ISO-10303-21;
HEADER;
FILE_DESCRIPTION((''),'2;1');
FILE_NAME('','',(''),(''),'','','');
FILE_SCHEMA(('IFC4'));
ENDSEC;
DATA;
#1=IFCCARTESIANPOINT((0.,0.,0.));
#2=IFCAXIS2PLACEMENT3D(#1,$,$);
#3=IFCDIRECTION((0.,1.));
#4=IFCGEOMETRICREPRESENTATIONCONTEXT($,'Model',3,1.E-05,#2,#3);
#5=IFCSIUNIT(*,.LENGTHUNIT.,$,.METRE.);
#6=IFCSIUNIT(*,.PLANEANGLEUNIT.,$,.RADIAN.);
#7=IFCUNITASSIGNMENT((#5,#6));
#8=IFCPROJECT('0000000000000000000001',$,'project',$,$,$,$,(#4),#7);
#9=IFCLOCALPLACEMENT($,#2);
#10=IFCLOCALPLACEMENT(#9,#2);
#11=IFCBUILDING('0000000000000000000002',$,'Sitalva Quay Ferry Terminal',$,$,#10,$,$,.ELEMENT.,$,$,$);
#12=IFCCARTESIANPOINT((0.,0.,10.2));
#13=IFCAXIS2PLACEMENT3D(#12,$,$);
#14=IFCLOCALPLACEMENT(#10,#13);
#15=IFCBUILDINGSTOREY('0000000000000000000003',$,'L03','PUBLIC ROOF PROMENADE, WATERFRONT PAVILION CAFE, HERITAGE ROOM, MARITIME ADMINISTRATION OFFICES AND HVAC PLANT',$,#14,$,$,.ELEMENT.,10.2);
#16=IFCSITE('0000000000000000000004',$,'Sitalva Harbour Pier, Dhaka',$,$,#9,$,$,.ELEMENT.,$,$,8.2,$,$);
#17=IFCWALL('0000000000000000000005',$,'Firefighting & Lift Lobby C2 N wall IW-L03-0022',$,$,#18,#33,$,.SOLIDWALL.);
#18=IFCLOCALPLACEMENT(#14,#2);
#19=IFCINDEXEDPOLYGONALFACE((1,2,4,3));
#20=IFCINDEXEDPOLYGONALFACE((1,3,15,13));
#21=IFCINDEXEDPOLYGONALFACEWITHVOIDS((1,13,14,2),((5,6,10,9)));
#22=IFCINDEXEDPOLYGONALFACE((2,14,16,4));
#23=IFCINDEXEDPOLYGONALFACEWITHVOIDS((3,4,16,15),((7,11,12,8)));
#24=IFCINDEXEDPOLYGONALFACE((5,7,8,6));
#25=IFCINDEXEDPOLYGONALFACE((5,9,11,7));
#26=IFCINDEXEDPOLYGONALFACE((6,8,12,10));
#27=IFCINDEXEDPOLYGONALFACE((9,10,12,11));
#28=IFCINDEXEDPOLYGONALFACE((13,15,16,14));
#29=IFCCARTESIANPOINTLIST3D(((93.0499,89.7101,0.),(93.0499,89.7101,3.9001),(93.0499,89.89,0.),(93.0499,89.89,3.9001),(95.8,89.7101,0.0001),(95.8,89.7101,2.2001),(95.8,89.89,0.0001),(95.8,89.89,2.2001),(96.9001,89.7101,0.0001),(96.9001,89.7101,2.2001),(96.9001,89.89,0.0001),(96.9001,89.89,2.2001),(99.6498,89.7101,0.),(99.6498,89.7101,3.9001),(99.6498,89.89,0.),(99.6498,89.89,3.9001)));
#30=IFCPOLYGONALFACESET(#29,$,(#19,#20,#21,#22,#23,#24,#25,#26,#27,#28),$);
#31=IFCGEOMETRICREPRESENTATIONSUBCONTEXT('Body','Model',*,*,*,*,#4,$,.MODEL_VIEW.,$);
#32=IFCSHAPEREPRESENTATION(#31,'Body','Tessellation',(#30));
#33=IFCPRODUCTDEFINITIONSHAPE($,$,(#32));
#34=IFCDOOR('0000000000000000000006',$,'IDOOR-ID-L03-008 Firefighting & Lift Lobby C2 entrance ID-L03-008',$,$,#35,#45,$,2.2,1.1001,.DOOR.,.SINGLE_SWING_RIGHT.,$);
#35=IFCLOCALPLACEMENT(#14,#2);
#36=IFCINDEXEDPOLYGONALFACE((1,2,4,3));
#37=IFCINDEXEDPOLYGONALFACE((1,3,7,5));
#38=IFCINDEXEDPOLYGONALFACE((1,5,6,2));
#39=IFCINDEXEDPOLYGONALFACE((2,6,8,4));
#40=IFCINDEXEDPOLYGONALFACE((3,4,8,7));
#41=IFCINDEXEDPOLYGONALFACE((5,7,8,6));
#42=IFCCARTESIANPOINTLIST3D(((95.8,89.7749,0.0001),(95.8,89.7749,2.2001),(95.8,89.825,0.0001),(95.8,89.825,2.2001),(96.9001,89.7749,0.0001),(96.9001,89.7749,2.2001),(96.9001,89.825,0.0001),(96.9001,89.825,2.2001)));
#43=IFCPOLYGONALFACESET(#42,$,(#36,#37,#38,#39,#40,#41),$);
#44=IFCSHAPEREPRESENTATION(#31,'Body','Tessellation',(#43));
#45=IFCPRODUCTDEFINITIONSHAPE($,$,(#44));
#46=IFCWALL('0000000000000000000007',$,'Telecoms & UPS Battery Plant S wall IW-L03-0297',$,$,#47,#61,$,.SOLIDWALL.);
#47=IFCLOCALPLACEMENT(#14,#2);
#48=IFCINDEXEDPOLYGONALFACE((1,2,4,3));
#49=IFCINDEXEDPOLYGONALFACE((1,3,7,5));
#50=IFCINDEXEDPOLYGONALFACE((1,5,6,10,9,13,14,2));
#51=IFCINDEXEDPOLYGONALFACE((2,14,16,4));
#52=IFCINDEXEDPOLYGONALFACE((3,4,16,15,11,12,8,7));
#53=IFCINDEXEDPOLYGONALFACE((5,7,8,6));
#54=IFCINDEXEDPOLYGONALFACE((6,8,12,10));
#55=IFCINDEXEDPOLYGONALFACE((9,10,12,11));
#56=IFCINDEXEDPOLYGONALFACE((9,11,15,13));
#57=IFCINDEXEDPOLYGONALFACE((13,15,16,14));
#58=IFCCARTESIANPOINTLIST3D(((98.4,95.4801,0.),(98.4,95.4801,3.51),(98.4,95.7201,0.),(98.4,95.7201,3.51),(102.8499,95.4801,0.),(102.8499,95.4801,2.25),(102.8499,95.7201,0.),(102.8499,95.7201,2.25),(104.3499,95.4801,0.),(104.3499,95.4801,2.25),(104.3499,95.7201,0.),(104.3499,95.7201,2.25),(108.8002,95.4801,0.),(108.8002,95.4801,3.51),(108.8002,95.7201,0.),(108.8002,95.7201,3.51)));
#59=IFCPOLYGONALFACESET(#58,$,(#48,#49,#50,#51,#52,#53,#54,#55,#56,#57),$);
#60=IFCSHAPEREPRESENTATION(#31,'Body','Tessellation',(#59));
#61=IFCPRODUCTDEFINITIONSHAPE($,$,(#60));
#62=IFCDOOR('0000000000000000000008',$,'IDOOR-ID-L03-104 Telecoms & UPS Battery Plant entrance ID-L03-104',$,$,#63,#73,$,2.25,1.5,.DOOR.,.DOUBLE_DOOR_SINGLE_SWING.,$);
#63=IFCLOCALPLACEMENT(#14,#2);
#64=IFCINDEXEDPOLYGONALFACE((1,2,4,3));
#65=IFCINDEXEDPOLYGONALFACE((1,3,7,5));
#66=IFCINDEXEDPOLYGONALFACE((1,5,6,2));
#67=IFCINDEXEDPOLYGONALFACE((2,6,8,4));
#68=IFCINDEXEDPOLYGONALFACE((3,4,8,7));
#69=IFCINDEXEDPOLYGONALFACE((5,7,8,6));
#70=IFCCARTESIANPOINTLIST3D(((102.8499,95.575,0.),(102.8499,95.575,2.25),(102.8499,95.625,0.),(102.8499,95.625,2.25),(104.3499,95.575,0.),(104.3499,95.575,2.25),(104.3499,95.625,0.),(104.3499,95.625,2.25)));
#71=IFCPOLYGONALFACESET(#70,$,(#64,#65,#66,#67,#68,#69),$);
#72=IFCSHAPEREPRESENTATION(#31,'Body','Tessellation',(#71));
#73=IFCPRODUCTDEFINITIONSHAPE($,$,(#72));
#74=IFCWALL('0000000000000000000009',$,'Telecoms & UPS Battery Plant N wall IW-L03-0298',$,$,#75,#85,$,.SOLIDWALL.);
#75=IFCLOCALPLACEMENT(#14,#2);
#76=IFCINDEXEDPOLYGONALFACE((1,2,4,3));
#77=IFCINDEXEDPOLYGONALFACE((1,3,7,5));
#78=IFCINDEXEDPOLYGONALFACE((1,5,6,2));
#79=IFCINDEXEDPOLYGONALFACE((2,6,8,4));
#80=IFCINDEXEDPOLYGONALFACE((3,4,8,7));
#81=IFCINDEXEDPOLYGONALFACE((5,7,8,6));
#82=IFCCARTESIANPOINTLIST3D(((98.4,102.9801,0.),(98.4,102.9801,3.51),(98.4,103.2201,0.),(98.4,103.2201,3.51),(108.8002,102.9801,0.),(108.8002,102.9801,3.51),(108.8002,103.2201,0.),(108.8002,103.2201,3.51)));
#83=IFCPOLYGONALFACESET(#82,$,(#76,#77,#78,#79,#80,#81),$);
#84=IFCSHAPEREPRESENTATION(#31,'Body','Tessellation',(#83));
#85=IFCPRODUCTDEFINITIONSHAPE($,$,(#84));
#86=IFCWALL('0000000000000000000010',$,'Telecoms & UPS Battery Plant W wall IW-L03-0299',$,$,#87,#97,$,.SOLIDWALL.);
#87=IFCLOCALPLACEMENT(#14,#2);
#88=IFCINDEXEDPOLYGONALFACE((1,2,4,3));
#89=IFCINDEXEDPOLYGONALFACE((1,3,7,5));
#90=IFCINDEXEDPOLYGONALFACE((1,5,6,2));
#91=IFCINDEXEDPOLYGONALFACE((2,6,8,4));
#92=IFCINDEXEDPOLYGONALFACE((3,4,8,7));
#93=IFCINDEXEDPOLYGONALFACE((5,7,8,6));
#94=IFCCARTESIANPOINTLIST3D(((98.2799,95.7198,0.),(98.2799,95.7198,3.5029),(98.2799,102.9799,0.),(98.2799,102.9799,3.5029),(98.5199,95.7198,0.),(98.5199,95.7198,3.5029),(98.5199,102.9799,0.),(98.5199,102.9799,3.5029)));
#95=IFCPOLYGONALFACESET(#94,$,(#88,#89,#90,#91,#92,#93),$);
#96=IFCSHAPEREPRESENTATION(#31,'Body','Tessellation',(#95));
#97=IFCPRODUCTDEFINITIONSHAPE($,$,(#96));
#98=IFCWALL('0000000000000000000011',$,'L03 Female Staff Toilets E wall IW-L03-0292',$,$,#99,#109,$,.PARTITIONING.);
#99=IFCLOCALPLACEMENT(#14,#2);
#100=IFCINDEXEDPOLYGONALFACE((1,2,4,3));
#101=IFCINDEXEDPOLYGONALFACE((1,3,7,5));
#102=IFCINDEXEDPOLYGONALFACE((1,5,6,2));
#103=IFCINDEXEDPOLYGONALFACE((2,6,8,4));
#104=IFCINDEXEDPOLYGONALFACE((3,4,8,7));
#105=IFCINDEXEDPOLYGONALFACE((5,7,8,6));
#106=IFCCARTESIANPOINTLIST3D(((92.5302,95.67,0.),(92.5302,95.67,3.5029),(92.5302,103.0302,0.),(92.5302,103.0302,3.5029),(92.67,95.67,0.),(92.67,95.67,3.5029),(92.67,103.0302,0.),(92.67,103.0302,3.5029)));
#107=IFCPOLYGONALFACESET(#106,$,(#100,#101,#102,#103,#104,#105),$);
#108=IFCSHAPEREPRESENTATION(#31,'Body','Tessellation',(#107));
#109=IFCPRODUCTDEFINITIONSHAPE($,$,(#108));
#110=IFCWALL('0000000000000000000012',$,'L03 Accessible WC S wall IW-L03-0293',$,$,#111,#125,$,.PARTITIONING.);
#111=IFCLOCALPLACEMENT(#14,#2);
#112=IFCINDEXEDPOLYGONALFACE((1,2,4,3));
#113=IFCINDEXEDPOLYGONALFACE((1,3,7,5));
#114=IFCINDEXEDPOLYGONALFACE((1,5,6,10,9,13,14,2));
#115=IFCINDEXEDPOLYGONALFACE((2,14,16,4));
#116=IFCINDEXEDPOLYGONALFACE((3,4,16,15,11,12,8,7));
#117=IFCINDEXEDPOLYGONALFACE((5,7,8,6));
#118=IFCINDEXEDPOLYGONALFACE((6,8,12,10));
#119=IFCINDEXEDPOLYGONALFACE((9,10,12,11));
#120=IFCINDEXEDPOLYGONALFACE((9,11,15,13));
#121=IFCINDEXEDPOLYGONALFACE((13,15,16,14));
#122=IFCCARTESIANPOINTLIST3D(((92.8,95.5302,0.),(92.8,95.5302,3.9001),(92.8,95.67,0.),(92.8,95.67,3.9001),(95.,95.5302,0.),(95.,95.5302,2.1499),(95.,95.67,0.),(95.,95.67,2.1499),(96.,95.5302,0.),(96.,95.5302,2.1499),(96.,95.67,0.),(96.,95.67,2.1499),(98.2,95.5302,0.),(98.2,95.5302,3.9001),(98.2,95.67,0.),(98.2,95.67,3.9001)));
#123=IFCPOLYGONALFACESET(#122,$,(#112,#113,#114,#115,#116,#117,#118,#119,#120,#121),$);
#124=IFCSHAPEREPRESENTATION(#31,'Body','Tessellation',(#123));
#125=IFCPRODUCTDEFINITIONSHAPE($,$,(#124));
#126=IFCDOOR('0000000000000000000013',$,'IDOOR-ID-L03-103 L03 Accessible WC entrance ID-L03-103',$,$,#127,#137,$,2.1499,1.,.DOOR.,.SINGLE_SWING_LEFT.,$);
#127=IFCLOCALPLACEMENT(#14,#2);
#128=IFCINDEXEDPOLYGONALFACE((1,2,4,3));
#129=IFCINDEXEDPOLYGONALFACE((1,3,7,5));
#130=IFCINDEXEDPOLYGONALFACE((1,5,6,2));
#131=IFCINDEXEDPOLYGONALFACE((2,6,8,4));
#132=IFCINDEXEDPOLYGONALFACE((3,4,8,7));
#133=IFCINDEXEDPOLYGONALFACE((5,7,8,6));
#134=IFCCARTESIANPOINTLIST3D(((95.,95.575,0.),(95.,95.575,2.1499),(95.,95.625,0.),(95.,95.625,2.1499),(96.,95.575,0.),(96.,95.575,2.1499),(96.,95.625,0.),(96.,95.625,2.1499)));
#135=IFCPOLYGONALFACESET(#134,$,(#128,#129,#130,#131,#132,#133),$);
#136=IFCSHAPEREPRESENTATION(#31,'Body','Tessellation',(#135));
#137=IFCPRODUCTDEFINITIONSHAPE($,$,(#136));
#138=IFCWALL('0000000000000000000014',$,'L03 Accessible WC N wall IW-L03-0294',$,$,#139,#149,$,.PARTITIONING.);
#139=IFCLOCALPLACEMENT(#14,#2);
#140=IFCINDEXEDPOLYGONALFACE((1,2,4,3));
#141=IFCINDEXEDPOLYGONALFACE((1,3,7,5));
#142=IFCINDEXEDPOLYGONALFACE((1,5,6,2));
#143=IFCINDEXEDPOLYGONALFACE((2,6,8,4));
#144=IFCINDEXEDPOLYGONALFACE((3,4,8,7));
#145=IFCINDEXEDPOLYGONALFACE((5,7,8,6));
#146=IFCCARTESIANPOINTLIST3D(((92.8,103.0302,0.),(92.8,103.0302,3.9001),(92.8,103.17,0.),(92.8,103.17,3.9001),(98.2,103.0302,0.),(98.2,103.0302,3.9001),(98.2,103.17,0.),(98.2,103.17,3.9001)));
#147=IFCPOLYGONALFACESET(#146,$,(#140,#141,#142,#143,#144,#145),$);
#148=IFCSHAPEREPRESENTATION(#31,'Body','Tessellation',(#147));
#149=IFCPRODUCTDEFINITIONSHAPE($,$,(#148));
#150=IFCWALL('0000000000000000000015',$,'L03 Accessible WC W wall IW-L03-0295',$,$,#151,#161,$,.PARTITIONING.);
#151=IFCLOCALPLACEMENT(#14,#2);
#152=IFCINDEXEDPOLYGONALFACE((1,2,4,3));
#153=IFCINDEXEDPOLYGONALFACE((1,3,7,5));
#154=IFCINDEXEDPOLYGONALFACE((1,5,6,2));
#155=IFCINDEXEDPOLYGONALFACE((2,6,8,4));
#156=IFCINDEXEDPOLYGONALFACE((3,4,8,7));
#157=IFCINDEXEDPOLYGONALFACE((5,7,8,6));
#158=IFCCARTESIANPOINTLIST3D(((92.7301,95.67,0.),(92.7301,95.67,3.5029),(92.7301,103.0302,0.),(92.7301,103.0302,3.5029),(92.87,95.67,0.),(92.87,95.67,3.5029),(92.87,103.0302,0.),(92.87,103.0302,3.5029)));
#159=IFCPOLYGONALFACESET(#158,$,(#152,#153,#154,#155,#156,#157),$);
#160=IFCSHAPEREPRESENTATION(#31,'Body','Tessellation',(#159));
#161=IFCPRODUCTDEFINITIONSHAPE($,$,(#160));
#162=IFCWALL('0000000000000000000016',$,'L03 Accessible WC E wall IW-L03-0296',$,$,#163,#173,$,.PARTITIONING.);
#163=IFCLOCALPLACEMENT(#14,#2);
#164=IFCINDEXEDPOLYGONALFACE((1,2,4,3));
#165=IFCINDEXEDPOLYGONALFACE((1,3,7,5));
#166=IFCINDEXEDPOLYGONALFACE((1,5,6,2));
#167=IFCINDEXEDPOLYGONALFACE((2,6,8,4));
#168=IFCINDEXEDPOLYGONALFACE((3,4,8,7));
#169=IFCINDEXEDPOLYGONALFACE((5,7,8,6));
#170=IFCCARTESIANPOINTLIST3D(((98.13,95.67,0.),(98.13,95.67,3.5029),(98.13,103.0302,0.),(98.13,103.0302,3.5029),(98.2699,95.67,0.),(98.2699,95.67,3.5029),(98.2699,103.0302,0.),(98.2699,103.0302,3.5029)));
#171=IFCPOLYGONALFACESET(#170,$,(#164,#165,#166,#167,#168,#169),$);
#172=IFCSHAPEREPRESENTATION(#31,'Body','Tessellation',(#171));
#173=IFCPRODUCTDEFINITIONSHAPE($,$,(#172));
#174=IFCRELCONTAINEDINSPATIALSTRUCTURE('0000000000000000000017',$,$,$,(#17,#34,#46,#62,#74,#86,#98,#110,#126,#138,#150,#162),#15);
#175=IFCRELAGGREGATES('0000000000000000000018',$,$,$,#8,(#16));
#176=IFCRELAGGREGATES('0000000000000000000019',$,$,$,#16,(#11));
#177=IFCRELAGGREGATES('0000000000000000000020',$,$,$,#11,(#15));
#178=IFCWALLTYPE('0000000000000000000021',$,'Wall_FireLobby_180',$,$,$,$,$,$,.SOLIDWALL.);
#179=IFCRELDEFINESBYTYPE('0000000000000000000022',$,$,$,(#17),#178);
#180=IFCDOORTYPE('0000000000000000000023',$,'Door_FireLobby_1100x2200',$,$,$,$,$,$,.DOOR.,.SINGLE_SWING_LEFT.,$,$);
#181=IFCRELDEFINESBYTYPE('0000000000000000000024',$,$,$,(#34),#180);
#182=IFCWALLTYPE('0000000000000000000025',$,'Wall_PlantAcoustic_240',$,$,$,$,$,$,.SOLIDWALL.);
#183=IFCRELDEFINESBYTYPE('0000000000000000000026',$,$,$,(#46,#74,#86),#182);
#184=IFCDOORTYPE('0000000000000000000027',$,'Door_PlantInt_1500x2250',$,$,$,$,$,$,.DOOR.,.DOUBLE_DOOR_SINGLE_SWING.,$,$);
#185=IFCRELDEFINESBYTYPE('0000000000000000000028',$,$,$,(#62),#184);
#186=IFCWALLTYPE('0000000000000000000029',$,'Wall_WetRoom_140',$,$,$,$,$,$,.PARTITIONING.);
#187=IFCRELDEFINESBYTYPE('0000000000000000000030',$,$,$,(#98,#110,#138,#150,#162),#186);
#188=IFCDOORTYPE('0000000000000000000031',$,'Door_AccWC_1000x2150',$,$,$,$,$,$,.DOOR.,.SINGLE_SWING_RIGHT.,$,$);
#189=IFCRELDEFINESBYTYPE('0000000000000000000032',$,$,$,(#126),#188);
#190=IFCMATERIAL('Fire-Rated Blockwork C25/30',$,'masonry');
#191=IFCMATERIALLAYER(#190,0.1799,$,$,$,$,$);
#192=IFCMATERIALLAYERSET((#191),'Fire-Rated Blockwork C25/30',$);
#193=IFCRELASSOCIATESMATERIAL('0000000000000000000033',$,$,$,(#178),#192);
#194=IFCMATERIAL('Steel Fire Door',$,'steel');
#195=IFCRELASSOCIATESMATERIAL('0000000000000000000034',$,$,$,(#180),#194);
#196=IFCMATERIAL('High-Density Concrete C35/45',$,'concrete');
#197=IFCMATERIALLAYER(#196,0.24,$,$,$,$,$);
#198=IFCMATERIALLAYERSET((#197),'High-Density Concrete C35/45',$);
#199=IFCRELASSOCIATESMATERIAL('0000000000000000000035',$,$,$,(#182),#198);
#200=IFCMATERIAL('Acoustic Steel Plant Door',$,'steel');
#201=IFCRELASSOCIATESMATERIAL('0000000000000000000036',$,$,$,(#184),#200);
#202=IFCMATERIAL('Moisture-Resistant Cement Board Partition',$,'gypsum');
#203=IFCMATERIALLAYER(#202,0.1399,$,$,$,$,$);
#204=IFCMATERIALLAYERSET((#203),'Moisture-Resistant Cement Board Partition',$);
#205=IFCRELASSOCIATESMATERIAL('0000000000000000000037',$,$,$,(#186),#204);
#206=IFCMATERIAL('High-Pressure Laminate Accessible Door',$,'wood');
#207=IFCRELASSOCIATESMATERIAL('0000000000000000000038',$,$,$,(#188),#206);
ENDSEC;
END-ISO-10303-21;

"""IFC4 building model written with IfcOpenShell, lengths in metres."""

from ifc_helpers import new_model, si_unit, direction, frame, frame_2d, origin, place, context, subcontext, project, spatial, rectangle, extrude, material, layer, layer_set, type_object, element, fill, save


model = new_model("IFC4")

# Units and contexts
model_context = context("Model", 3, precision=1e-05, world=origin(), true_north=direction((0.0, 1.0)))
body_context = subcontext(model_context, "Body", "Model", "MODEL_VIEW")
ifc_project = project(units=[si_unit("LENGTHUNIT", "METRE"), si_unit("PLANEANGLEUNIT", "RADIAN")], contexts=[model_context])

# Site, building, storey
site_placement = place(None, origin())
site = spatial("IfcSite", under=ifc_project, at=site_placement, Name="Sitalva Harbour Pier, Dhaka", CompositionType="ELEMENT", RefElevation=8.2)
building_placement = place(site_placement, origin())
building = spatial("IfcBuilding", under=site, at=building_placement, Name="Sitalva Quay Ferry Terminal", CompositionType="ELEMENT")
storey_placement = place(building_placement, frame((0.0, 0.0, 10.2)))
storey = spatial("IfcBuildingStorey", under=building, at=storey_placement, Name="L03", Description="PUBLIC ROOF PROMENADE, WATERFRONT PAVILION CAFE, HERITAGE ROOM, MARITIME ADMINISTRATION OFFICES AND HVAC PLANT", CompositionType="ELEMENT", Elevation=10.2)

# Walls, openings, doors
ifc_material_1 = material(Name="Fire-Rated Blockwork C25/30", Category="masonry")
ifc_layer_1 = layer(ifc_material_1, 0.1799)
ifc_layer_set_1 = layer_set([ifc_layer_1], Name="Fire-Rated Blockwork C25/30")
wall_type_1 = type_object("IfcWallType", Name="Wall_FireLobby_180", PredefinedType="SOLIDWALL", material=ifc_layer_set_1)
wall_1_placement = place(storey_placement, frame((93.05, 89.8, 0.0), z_axis=(0.0, 0.0, 1.0), x_axis=(1.0, 0.0, 0.0)))
wall_1 = element("IfcWall", 1, at=wall_1_placement, inside=storey, type_object=wall_type_1, Name="Firefighting & Lift Lobby C2 N wall IW-L03-0022", PredefinedType="SOLIDWALL", context=body_context, shape_type="SweptSolid", body=[
    extrude(rectangle(XDim=6.5999, YDim=0.1799, at=frame_2d((3.2998, 0.0))), origin(), (0.0, 0.0, 1.0), 3.9001),
])
opening_1_placement = place(wall_1_placement, frame((2.75, 0.0, 0.0)))
opening_1 = element("IfcOpeningElement", 2, at=opening_1_placement, cuts=wall_1, PredefinedType="OPENING", context=body_context, shape_type="SweptSolid", body=[
    extrude(rectangle(XDim=1.1001, YDim=2.2, at=frame_2d((0.55, 1.1001))), frame((0.0, 0.0999, 0.0), z_axis=(0.0, -1.0, 0.0), x_axis=(1.0, 0.0, 0.0)), (0.0, 0.0, 1.0), 0.2),
])
ifc_material_2 = material(Name="Steel Fire Door", Category="steel")
door_type_1 = type_object("IfcDoorType", Name="Door_FireLobby_1100x2200", OperationType="SINGLE_SWING_LEFT", PredefinedType="DOOR", material=ifc_material_2)
door_1_placement = place(opening_1_placement, origin())
door_1 = element("IfcDoor", 3, at=door_1_placement, inside=storey, type_object=door_type_1, Name="IDOOR-ID-L03-008 Firefighting & Lift Lobby C2 entrance ID-L03-008", OperationType="SINGLE_SWING_RIGHT", OverallHeight=2.2, OverallWidth=1.1001, PredefinedType="DOOR", context=body_context, shape_type="SweptSolid", body=[
    extrude(rectangle(XDim=1.1001, YDim=2.2, at=frame_2d((0.55, 1.1001))), frame((0.0, 0.0249, 0.0), z_axis=(0.0, -1.0, 0.0), x_axis=(1.0, 0.0, 0.0)), (0.0, 0.0, 1.0), 0.05),
])
fill(opening_1, door_1)
ifc_material_3 = material(Name="High-Density Concrete C35/45", Category="concrete")
ifc_layer_2 = layer(ifc_material_3, 0.24)
ifc_layer_set_2 = layer_set([ifc_layer_2], Name="High-Density Concrete C35/45")
wall_type_2 = type_object("IfcWallType", Name="Wall_PlantAcoustic_240", PredefinedType="SOLIDWALL", material=ifc_layer_set_2)
wall_2_placement = place(storey_placement, frame((98.3999, 95.6001, 0.0), z_axis=(0.0, 0.0, 1.0), x_axis=(1.0, 0.0, 0.0)))
wall_2 = element("IfcWall", 4, at=wall_2_placement, inside=storey, type_object=wall_type_2, Name="Telecoms & UPS Battery Plant S wall IW-L03-0297", PredefinedType="SOLIDWALL", context=body_context, shape_type="SweptSolid", body=[
    extrude(rectangle(XDim=10.4001, YDim=0.24, at=frame_2d((5.2002, 0.0))), origin(), (0.0, 0.0, 1.0), 3.51),
])
opening_2_placement = place(wall_2_placement, frame((4.45, 0.0, 0.0)))
opening_2 = element("IfcOpeningElement", 5, at=opening_2_placement, cuts=wall_2, PredefinedType="OPENING", context=body_context, shape_type="SweptSolid", body=[
    extrude(rectangle(XDim=1.5, YDim=2.25, at=frame_2d((0.75, 1.125))), frame((0.0, 0.1299, 0.0), z_axis=(0.0, -1.0, 0.0), x_axis=(1.0, 0.0, 0.0)), (0.0, 0.0, 1.0), 0.26),
])
ifc_material_4 = material(Name="Acoustic Steel Plant Door", Category="steel")
door_type_2 = type_object("IfcDoorType", Name="Door_PlantInt_1500x2250", OperationType="DOUBLE_DOOR_SINGLE_SWING", PredefinedType="DOOR", material=ifc_material_4)
door_2_placement = place(opening_2_placement, origin())
door_2 = element("IfcDoor", 6, at=door_2_placement, inside=storey, type_object=door_type_2, Name="IDOOR-ID-L03-104 Telecoms & UPS Battery Plant entrance ID-L03-104", OperationType="DOUBLE_DOOR_SINGLE_SWING", OverallHeight=2.25, OverallWidth=1.5, PredefinedType="DOOR", context=body_context, shape_type="SweptSolid", body=[
    extrude(rectangle(XDim=1.5, YDim=2.25, at=frame_2d((0.75, 1.125))), frame((0.0, 0.0249, 0.0), z_axis=(0.0, -1.0, 0.0), x_axis=(1.0, 0.0, 0.0)), (0.0, 0.0, 1.0), 0.05),
])
fill(opening_2, door_2)

# Walls
wall_3_placement = place(storey_placement, frame((98.3999, 103.1001, 0.0), z_axis=(0.0, 0.0, 1.0), x_axis=(1.0, 0.0, 0.0)))
element("IfcWall", 7, at=wall_3_placement, inside=storey, type_object=wall_type_2, Name="Telecoms & UPS Battery Plant N wall IW-L03-0298", PredefinedType="SOLIDWALL", context=body_context, shape_type="SweptSolid", body=[
    extrude(rectangle(XDim=10.4001, YDim=0.24, at=frame_2d((5.2002, 0.0))), origin(), (0.0, 0.0, 1.0), 3.51),
])
wall_4_placement = place(storey_placement, frame((98.3999, 95.72, 0.0), z_axis=(0.0, 0.0, 1.0), x_axis=(0.0, 1.0, 0.0)))
element("IfcWall", 8, at=wall_4_placement, inside=storey, type_object=wall_type_2, Name="Telecoms & UPS Battery Plant W wall IW-L03-0299", PredefinedType="SOLIDWALL", context=body_context, shape_type="SweptSolid", body=[
    extrude(rectangle(XDim=7.26, YDim=0.24, at=frame_2d((3.6299, 0.0))), origin(), (0.0, 0.0, 1.0), 3.5029),
])
ifc_material_5 = material(Name="Moisture-Resistant Cement Board Partition", Category="gypsum")
ifc_layer_3 = layer(ifc_material_5, 0.1399)
ifc_layer_set_3 = layer_set([ifc_layer_3], Name="Moisture-Resistant Cement Board Partition")
wall_type_3 = type_object("IfcWallType", Name="Wall_WetRoom_140", PredefinedType="PARTITIONING", material=ifc_layer_set_3)
wall_5_placement = place(storey_placement, frame((92.6001, 95.6699, 0.0), z_axis=(0.0, 0.0, 1.0), x_axis=(0.0, 1.0, 0.0)))
element("IfcWall", 9, at=wall_5_placement, inside=storey, type_object=wall_type_3, Name="L03 Female Staff Toilets E wall IW-L03-0292", PredefinedType="PARTITIONING", context=body_context, shape_type="SweptSolid", body=[
    extrude(rectangle(XDim=7.3601, YDim=0.1399, at=frame_2d((3.6802, 0.0))), origin(), (0.0, 0.0, 1.0), 3.5029),
])

# Wall, opening, door
wall_6_placement = place(storey_placement, frame((92.8, 95.6001, 0.0), z_axis=(0.0, 0.0, 1.0), x_axis=(1.0, 0.0, 0.0)))
wall_6 = element("IfcWall", 10, at=wall_6_placement, inside=storey, type_object=wall_type_3, Name="L03 Accessible WC S wall IW-L03-0293", PredefinedType="PARTITIONING", context=body_context, shape_type="SweptSolid", body=[
    extrude(rectangle(XDim=5.3999, YDim=0.1399, at=frame_2d((2.7, 0.0))), origin(), (0.0, 0.0, 1.0), 3.9001),
])
opening_3_placement = place(wall_6_placement, frame((2.2, 0.0, 0.0)))
opening_3 = element("IfcOpeningElement", 11, at=opening_3_placement, cuts=wall_6, PredefinedType="OPENING", context=body_context, shape_type="SweptSolid", body=[
    extrude(rectangle(XDim=1.0, YDim=2.1499, at=frame_2d((0.5, 1.075))), frame((0.0, 0.0798, 0.0), z_axis=(0.0, -1.0, 0.0), x_axis=(1.0, 0.0, 0.0)), (0.0, 0.0, 1.0), 0.1599),
])
ifc_material_6 = material(Name="High-Pressure Laminate Accessible Door", Category="wood")
door_type_3 = type_object("IfcDoorType", Name="Door_AccWC_1000x2150", OperationType="SINGLE_SWING_RIGHT", PredefinedType="DOOR", material=ifc_material_6)
door_3_placement = place(opening_3_placement, origin())
door_3 = element("IfcDoor", 12, at=door_3_placement, inside=storey, type_object=door_type_3, Name="IDOOR-ID-L03-103 L03 Accessible WC entrance ID-L03-103", OperationType="SINGLE_SWING_LEFT", OverallHeight=2.1499, OverallWidth=1.0, PredefinedType="DOOR", context=body_context, shape_type="SweptSolid", body=[
    extrude(rectangle(XDim=1.0, YDim=2.1499, at=frame_2d((0.5, 1.075))), frame((0.0, 0.0249, 0.0), z_axis=(0.0, -1.0, 0.0), x_axis=(1.0, 0.0, 0.0)), (0.0, 0.0, 1.0), 0.05),
])
fill(opening_3, door_3)

# Walls
wall_7_placement = place(storey_placement, frame((92.8, 103.1001, 0.0), z_axis=(0.0, 0.0, 1.0), x_axis=(1.0, 0.0, 0.0)))
element("IfcWall", 13, at=wall_7_placement, inside=storey, type_object=wall_type_3, Name="L03 Accessible WC N wall IW-L03-0294", PredefinedType="PARTITIONING", context=body_context, shape_type="SweptSolid", body=[
    extrude(rectangle(XDim=5.3999, YDim=0.1399, at=frame_2d((2.7, 0.0))), origin(), (0.0, 0.0, 1.0), 3.9001),
])
for number, where, z_axis, x_axis, name in (
    (14, (92.8, 95.6699, 0.0), (0.0, 0.0, 1.0), (0.0, 1.0, 0.0), "L03 Accessible WC W wall IW-L03-0295"),
    (15, (98.2, 95.6699, 0.0), (0.0, 0.0, 1.0), (0.0, 1.0, 0.0), "L03 Accessible WC E wall IW-L03-0296"),
):
    element("IfcWall", number, at=place(storey_placement, frame(where, z_axis=z_axis, x_axis=x_axis)), inside=storey, type_object=wall_type_3, Name=name, PredefinedType="PARTITIONING", context=body_context, shape_type="SweptSolid", body=[
        extrude(rectangle(XDim=7.3601, YDim=0.1399, at=frame_2d((3.6802, 0.0))), origin(), (0.0, 0.0, 1.0), 3.5029),
    ])

save(model, "model.ifc")
